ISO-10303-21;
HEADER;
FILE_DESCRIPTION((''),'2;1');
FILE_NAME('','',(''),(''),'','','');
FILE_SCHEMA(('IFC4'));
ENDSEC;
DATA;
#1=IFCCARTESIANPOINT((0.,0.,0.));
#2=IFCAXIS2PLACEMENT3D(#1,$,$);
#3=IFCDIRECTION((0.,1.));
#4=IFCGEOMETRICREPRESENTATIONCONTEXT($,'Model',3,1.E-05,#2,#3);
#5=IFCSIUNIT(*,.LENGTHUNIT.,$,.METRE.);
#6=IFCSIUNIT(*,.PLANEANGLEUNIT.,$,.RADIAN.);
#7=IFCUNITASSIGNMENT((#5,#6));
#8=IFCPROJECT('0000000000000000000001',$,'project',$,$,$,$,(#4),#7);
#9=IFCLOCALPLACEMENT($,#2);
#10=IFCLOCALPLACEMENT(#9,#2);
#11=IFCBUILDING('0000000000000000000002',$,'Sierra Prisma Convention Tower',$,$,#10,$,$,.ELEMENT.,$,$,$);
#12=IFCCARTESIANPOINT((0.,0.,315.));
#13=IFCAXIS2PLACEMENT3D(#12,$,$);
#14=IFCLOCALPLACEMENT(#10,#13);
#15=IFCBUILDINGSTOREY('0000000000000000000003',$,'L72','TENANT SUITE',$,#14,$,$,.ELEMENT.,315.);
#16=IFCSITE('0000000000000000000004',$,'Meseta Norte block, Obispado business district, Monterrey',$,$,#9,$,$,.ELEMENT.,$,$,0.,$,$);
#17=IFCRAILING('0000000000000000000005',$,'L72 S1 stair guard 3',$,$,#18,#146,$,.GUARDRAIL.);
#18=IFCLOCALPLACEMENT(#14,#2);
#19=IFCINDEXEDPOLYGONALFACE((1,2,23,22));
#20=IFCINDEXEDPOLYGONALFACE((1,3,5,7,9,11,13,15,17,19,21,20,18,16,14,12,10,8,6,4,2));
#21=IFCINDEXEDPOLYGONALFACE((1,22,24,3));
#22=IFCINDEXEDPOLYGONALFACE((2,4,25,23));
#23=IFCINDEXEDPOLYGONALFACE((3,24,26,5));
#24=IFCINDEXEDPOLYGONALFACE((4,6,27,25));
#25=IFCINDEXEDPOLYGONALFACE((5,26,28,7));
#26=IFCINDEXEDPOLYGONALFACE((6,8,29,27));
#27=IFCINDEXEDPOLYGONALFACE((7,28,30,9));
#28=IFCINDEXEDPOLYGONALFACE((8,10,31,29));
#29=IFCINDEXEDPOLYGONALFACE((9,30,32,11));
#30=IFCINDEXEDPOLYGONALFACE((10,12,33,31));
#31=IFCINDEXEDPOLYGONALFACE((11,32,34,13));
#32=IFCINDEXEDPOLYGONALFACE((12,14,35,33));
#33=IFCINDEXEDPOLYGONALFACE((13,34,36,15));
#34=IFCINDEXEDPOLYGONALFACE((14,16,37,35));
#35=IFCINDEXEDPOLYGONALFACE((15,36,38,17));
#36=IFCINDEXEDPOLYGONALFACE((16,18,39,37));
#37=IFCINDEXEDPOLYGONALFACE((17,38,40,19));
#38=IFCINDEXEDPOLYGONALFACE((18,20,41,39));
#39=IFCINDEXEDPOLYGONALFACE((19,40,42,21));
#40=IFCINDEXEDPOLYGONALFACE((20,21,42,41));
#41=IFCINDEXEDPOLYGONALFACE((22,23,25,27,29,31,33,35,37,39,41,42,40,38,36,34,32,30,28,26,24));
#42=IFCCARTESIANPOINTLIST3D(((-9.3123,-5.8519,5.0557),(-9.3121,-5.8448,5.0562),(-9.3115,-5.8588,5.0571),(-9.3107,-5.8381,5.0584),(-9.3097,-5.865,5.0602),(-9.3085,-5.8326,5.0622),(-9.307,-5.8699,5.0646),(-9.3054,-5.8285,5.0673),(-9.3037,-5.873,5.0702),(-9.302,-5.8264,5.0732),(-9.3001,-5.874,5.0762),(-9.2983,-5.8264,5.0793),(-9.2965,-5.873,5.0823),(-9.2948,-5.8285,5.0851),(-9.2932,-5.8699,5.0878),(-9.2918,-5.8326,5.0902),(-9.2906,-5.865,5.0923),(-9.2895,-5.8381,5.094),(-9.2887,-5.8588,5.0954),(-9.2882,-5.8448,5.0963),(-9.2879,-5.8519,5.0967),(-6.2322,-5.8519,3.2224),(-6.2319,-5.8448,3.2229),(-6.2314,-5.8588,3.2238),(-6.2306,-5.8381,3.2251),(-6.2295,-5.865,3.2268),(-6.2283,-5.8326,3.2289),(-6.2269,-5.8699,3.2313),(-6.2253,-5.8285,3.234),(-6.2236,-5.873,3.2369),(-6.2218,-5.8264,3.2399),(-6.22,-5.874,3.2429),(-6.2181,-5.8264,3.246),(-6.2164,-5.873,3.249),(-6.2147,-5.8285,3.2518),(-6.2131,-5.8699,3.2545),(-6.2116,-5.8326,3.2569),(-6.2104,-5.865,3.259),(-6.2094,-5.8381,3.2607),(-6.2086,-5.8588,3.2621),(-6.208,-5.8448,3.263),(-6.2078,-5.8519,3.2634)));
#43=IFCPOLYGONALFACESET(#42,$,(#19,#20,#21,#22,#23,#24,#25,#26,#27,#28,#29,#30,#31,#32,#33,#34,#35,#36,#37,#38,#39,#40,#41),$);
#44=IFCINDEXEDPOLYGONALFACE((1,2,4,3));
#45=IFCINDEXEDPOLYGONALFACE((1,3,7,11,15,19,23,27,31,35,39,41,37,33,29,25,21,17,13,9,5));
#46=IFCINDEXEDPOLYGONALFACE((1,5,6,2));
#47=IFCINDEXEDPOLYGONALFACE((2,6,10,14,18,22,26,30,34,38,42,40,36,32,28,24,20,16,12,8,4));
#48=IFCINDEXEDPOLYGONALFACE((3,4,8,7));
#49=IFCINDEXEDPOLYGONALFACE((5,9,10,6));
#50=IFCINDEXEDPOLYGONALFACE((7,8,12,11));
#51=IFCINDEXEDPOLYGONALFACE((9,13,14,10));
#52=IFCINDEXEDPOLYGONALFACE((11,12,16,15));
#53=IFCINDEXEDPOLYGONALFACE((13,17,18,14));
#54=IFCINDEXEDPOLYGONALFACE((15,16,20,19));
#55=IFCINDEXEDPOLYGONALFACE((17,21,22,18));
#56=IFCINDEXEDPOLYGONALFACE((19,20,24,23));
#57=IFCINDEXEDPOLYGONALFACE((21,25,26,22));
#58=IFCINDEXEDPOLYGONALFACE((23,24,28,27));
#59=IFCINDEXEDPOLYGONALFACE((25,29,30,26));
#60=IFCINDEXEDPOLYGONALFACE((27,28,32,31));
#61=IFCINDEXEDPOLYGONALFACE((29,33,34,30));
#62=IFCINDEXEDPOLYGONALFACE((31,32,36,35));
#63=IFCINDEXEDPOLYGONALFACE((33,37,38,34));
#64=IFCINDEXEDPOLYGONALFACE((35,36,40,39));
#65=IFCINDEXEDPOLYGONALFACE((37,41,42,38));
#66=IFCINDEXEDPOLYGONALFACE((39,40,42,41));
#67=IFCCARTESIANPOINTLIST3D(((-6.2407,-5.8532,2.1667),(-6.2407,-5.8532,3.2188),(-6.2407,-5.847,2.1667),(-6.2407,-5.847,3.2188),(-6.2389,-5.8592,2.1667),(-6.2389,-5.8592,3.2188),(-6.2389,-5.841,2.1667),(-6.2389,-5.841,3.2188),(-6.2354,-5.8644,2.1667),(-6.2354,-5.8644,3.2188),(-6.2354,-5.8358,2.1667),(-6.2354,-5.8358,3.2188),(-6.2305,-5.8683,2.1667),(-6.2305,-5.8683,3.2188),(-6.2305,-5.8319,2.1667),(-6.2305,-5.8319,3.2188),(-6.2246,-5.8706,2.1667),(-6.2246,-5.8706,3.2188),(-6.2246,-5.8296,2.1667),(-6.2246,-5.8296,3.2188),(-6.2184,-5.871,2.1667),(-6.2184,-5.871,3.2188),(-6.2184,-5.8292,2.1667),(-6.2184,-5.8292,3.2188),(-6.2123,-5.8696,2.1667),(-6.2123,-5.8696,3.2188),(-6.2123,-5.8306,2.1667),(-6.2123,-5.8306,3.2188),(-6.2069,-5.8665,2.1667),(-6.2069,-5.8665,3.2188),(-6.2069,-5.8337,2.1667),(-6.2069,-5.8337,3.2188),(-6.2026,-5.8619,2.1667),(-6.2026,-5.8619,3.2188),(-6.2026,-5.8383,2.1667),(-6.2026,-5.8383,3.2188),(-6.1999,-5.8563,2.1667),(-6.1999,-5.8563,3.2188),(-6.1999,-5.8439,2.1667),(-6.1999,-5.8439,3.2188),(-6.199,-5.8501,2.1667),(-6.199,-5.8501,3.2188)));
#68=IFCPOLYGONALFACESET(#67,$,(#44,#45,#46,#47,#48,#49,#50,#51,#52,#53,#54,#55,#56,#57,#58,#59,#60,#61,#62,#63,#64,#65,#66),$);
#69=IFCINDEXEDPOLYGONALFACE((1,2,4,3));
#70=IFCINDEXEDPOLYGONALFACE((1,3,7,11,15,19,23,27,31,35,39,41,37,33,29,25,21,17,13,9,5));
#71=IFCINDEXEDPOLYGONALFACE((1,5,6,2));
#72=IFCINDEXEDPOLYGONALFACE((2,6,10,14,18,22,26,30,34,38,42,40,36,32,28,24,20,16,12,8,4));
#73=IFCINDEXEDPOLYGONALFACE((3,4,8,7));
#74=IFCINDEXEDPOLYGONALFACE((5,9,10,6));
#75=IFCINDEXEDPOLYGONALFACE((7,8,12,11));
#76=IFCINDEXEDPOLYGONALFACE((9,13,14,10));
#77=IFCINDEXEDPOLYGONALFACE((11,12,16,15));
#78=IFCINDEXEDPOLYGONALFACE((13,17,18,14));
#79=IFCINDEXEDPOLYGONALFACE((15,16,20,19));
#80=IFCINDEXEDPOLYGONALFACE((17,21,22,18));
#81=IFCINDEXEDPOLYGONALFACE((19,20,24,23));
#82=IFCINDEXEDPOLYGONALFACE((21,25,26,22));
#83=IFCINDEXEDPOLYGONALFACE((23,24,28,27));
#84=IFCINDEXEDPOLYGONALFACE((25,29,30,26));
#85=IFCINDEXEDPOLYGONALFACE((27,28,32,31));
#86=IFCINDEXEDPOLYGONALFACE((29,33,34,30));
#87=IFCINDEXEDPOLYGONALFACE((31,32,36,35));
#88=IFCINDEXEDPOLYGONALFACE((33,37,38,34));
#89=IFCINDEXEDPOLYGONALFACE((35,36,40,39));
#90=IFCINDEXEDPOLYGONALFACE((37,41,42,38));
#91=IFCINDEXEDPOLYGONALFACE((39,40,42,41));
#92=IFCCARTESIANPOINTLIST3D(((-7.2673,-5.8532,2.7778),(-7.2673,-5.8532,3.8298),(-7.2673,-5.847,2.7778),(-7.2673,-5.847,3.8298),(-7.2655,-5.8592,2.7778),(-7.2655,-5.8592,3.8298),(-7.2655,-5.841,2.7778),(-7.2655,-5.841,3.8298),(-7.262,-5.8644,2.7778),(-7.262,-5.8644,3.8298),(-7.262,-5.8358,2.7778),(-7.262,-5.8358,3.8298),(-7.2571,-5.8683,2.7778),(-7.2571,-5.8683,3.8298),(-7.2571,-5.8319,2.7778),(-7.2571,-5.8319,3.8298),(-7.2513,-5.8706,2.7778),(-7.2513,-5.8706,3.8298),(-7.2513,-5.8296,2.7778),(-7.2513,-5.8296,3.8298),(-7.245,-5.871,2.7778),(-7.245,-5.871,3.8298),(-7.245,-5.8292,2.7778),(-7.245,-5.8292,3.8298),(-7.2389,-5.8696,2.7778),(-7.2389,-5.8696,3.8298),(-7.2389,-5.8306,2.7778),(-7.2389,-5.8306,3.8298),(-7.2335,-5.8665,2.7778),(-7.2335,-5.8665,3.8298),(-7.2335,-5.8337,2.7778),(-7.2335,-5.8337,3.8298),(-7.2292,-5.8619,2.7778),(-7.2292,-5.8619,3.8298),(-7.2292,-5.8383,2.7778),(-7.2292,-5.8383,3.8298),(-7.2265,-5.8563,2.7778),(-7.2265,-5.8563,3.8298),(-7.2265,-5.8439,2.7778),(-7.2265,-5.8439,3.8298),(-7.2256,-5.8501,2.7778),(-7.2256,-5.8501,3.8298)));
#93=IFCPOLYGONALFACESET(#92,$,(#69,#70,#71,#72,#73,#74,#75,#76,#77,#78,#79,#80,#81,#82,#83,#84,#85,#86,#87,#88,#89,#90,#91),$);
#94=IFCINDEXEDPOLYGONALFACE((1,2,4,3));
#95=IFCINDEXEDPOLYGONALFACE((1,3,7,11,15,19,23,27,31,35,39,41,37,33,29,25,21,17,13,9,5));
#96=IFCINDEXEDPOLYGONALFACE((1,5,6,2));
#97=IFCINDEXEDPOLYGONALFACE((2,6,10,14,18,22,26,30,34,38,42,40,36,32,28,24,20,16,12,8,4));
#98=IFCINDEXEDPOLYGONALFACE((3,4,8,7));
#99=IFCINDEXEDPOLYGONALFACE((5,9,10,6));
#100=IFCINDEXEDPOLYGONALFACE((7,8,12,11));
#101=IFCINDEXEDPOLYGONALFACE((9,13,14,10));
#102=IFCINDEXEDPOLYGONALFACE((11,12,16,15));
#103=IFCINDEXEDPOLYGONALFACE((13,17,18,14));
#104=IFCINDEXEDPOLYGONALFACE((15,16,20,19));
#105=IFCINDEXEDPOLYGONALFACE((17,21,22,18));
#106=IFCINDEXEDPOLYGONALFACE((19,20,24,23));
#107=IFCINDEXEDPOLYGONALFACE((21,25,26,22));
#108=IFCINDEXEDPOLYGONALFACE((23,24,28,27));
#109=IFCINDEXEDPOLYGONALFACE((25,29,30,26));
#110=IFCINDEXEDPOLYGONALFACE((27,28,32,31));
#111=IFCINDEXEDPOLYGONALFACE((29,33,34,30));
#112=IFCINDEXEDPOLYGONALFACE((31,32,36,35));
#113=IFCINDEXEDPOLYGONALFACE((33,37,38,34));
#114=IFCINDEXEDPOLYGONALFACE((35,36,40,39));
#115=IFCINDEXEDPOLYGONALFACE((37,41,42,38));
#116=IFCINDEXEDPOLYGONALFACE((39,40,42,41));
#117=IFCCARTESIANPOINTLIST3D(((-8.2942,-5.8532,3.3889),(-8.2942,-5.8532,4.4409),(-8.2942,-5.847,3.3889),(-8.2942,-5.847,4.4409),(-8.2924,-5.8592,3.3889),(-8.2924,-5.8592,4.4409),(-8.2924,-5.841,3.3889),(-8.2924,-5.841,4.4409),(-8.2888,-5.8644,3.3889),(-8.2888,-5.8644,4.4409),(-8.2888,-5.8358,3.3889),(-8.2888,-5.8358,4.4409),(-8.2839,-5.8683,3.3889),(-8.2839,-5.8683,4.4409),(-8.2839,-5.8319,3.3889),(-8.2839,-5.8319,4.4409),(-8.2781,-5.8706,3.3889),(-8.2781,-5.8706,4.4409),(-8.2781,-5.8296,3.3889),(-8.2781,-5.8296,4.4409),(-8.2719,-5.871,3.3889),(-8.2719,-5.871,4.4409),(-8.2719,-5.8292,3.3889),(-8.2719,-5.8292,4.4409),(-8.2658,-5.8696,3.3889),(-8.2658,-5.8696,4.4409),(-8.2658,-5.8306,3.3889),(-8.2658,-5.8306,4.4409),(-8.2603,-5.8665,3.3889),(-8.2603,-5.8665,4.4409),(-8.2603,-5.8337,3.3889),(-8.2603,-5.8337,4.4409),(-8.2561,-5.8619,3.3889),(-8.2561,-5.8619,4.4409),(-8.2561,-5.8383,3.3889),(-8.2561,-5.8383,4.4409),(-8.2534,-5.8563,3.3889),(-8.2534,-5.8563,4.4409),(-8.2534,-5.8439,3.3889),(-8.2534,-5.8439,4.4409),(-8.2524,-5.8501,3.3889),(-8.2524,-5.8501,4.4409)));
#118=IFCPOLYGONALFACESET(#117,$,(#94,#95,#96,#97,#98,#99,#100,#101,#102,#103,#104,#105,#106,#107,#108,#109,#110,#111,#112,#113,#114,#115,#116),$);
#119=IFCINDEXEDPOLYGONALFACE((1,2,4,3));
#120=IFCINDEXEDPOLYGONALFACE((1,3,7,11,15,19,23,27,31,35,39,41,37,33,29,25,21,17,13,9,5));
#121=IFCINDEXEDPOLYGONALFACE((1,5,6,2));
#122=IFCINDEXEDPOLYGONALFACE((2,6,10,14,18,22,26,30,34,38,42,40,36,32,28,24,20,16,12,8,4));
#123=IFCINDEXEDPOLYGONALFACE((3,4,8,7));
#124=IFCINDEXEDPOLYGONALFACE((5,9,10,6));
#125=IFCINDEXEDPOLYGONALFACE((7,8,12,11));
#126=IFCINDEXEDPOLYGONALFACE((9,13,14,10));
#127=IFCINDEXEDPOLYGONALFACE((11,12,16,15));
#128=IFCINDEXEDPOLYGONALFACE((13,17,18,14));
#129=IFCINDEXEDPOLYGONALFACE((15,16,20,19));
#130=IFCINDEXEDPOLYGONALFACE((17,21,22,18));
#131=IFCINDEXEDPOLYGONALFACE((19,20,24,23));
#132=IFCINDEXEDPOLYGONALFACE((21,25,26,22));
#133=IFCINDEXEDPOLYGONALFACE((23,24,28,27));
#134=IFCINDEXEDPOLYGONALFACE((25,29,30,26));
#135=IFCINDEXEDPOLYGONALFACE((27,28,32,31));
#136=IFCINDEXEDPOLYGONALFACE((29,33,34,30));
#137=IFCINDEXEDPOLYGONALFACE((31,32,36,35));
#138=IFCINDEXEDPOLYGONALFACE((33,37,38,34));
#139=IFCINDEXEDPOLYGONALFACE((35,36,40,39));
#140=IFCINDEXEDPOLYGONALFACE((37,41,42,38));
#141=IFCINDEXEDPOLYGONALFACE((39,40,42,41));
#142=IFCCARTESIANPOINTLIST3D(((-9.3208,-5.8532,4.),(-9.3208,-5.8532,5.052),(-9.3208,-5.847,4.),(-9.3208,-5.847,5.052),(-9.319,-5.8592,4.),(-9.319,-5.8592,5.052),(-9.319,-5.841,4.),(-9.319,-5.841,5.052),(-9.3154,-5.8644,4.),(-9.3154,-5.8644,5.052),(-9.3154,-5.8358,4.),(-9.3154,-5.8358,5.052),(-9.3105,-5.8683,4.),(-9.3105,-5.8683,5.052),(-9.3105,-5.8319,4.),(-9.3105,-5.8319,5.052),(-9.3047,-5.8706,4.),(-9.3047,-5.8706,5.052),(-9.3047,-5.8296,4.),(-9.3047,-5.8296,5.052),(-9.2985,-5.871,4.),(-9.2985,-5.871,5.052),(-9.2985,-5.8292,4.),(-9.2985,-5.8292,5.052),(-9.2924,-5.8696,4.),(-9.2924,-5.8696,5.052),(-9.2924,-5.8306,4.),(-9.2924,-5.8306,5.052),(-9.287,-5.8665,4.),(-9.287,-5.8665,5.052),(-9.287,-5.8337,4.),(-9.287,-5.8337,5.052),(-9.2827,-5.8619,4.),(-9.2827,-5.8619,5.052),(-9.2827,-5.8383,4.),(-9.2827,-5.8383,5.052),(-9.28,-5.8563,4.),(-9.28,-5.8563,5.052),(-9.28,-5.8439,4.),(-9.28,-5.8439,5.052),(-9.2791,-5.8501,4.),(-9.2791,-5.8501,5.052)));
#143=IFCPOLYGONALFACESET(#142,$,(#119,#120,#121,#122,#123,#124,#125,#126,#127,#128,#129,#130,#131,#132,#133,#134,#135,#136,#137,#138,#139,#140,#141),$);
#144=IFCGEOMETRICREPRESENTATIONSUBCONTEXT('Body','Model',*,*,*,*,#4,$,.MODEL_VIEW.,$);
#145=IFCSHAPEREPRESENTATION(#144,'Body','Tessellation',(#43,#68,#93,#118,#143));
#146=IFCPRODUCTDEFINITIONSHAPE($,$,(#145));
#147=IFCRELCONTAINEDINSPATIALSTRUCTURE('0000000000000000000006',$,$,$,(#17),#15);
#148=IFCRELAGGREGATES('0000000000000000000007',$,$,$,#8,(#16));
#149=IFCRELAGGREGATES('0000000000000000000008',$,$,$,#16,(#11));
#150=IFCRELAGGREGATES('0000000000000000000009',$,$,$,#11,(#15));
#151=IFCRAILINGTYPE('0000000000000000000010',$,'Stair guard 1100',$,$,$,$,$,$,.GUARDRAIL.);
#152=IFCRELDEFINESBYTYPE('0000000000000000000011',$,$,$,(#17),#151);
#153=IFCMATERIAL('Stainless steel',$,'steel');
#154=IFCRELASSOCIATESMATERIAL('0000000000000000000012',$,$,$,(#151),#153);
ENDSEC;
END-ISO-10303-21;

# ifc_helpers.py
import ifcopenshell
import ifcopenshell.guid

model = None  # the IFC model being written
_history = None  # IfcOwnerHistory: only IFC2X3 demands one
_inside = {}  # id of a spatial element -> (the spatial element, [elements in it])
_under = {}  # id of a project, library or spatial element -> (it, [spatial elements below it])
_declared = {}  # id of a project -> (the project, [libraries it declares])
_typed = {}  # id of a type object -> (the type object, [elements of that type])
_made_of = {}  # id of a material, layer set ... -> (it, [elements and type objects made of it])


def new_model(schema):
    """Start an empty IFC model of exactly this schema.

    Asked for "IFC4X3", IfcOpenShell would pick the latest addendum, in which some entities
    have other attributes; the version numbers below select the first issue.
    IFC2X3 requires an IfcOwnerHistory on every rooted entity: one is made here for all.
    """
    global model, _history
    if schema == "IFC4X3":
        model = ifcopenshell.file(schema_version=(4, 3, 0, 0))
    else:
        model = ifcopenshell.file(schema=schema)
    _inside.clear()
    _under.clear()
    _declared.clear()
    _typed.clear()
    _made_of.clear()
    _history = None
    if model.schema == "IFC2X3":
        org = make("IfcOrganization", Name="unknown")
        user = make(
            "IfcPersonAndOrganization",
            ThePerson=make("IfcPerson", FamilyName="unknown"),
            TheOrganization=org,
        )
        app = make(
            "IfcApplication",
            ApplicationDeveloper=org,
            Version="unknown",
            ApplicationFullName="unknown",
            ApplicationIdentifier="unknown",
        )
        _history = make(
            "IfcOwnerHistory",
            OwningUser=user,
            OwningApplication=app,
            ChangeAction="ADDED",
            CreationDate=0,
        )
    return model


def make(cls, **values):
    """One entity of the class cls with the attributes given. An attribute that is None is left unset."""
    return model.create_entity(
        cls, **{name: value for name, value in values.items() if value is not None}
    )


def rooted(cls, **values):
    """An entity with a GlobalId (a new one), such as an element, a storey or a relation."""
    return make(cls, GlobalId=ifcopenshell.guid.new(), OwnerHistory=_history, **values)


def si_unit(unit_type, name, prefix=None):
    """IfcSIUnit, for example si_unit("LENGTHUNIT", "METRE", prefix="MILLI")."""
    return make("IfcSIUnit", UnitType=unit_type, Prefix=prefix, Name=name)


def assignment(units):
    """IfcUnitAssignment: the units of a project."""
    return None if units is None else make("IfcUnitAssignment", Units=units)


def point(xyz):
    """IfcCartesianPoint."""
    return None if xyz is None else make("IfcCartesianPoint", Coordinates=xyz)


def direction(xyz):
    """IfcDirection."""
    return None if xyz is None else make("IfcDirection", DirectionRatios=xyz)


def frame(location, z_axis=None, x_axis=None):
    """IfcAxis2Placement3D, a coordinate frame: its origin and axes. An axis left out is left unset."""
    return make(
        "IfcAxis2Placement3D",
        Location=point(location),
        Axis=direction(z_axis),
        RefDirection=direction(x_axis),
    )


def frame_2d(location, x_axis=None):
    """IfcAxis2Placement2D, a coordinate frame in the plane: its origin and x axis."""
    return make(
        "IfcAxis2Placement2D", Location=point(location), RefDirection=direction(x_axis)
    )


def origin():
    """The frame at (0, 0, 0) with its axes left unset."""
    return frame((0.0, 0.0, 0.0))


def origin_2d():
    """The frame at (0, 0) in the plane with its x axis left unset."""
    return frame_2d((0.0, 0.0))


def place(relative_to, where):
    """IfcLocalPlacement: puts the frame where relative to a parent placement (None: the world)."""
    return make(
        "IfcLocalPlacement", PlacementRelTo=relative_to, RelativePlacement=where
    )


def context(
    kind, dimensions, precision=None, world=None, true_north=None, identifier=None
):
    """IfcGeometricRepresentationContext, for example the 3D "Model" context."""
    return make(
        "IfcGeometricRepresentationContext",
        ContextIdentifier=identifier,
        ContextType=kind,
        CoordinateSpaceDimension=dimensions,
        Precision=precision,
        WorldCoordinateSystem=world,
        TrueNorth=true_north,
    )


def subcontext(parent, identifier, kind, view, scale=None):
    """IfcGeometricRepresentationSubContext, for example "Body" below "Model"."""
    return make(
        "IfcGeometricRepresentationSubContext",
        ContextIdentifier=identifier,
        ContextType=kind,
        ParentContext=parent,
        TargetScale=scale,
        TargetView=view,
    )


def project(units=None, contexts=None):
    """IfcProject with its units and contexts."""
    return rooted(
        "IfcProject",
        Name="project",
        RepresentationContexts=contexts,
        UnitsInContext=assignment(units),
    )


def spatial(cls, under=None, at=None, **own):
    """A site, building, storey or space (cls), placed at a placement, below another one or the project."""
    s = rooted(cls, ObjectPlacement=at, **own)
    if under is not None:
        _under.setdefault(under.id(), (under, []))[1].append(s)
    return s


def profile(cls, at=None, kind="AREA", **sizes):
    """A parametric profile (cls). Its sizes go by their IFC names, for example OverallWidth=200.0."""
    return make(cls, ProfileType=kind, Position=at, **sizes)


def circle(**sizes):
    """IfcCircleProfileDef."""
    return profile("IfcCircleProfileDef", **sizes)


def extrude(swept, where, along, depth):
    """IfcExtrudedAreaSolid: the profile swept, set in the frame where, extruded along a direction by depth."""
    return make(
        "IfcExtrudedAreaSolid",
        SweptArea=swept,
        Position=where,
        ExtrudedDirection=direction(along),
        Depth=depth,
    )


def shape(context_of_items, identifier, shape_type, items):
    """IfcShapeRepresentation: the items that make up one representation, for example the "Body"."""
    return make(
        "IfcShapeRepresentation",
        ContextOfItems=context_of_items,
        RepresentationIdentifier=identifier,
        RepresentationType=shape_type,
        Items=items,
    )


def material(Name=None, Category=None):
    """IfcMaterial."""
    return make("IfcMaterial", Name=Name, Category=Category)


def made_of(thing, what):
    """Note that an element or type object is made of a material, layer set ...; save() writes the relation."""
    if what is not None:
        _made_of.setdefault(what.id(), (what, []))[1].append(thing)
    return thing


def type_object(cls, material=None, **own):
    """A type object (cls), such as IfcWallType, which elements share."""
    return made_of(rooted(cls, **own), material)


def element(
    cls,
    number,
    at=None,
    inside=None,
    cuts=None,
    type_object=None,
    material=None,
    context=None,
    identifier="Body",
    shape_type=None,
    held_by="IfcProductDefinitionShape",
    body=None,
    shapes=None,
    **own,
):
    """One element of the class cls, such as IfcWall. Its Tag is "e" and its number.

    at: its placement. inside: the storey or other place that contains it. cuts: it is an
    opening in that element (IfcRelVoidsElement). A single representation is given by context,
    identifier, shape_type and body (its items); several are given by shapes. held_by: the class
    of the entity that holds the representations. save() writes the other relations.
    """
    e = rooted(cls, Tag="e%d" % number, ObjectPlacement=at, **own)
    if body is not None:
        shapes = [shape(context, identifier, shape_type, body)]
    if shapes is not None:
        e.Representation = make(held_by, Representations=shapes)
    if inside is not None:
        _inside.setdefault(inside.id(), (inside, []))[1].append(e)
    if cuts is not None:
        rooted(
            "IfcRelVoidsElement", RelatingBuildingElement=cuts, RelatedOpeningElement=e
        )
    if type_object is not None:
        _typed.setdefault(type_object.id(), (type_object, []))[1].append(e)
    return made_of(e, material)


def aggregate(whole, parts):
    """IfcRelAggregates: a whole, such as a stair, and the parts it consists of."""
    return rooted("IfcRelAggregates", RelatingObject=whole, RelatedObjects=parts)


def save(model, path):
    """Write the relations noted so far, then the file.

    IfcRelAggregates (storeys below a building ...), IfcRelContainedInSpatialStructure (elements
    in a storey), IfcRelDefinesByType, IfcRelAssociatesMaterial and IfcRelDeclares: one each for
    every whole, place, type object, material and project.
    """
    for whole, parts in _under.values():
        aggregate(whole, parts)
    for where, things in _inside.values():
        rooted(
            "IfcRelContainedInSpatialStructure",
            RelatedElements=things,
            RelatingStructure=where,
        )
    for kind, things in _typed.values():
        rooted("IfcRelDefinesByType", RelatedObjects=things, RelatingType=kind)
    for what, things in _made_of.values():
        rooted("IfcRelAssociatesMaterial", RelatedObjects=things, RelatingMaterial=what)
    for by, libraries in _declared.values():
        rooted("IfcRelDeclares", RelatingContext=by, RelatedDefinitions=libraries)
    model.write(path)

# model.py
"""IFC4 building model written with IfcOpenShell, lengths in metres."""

from ifc_helpers import new_model, si_unit, direction, frame, origin, origin_2d, place, context, subcontext, project, spatial, circle, extrude, material, type_object, element, save


model = new_model("IFC4")

# Units and contexts
model_context = context("Model", 3, precision=1e-05, world=origin(), true_north=direction((0.0, 1.0)))
body_context = subcontext(model_context, "Body", "Model", "MODEL_VIEW")
ifc_project = project(units=[si_unit("LENGTHUNIT", "METRE"), si_unit("PLANEANGLEUNIT", "RADIAN")], contexts=[model_context])

# Site, building, storey
site_placement = place(None, origin())
site = spatial("IfcSite", under=ifc_project, at=site_placement, Name="Meseta Norte block, Obispado business district, Monterrey", CompositionType="ELEMENT", RefElevation=0.0)
building_placement = place(site_placement, origin())
building = spatial("IfcBuilding", under=site, at=building_placement, Name="Sierra Prisma Convention Tower", CompositionType="ELEMENT")
storey_placement = place(building_placement, frame((0.0, 0.0, 315.0)))
storey = spatial("IfcBuildingStorey", under=building, at=storey_placement, Name="L72", Description="TENANT SUITE", CompositionType="ELEMENT", Elevation=315.0)

# Railing
ifc_material_1 = material(Name="Stainless steel", Category="steel")
railing_type_1 = type_object("IfcRailingType", Name="Stair guard 1100", PredefinedType="GUARDRAIL", material=ifc_material_1)
railing_1_placement = place(storey_placement, frame((-6.22, -5.8501, 2.1667)))
element("IfcRailing", 1, at=railing_1_placement, inside=storey, type_object=railing_type_1, Name="L72 S1 stair guard 3", PredefinedType="GUARDRAIL", context=body_context, shape_type="SweptSolid", body=[
    extrude(circle(Radius=0.0239, at=origin_2d()), frame((0.0, 0.0, 1.0762), z_axis=(-0.859309, 0.0, 0.511458), x_axis=(0.0, -1.0, 0.0)), (0.0, 0.0, 1.0), 3.5845),
    extrude(circle(Radius=0.021, at=origin_2d()), origin(), (0.0, 0.0, 1.0), 1.052),
    extrude(circle(Radius=0.021, at=origin_2d()), frame((-1.0266, 0.0, 0.6111)), (0.0, 0.0, 1.0), 1.052),
    extrude(circle(Radius=0.021, at=origin_2d()), frame((-2.0535, 0.0, 1.2222)), (0.0, 0.0, 1.0), 1.052),
    extrude(circle(Radius=0.021, at=origin_2d()), frame((-3.0801, 0.0, 1.8333)), (0.0, 0.0, 1.0), 1.052),
])

save(model, "model.ifc")
